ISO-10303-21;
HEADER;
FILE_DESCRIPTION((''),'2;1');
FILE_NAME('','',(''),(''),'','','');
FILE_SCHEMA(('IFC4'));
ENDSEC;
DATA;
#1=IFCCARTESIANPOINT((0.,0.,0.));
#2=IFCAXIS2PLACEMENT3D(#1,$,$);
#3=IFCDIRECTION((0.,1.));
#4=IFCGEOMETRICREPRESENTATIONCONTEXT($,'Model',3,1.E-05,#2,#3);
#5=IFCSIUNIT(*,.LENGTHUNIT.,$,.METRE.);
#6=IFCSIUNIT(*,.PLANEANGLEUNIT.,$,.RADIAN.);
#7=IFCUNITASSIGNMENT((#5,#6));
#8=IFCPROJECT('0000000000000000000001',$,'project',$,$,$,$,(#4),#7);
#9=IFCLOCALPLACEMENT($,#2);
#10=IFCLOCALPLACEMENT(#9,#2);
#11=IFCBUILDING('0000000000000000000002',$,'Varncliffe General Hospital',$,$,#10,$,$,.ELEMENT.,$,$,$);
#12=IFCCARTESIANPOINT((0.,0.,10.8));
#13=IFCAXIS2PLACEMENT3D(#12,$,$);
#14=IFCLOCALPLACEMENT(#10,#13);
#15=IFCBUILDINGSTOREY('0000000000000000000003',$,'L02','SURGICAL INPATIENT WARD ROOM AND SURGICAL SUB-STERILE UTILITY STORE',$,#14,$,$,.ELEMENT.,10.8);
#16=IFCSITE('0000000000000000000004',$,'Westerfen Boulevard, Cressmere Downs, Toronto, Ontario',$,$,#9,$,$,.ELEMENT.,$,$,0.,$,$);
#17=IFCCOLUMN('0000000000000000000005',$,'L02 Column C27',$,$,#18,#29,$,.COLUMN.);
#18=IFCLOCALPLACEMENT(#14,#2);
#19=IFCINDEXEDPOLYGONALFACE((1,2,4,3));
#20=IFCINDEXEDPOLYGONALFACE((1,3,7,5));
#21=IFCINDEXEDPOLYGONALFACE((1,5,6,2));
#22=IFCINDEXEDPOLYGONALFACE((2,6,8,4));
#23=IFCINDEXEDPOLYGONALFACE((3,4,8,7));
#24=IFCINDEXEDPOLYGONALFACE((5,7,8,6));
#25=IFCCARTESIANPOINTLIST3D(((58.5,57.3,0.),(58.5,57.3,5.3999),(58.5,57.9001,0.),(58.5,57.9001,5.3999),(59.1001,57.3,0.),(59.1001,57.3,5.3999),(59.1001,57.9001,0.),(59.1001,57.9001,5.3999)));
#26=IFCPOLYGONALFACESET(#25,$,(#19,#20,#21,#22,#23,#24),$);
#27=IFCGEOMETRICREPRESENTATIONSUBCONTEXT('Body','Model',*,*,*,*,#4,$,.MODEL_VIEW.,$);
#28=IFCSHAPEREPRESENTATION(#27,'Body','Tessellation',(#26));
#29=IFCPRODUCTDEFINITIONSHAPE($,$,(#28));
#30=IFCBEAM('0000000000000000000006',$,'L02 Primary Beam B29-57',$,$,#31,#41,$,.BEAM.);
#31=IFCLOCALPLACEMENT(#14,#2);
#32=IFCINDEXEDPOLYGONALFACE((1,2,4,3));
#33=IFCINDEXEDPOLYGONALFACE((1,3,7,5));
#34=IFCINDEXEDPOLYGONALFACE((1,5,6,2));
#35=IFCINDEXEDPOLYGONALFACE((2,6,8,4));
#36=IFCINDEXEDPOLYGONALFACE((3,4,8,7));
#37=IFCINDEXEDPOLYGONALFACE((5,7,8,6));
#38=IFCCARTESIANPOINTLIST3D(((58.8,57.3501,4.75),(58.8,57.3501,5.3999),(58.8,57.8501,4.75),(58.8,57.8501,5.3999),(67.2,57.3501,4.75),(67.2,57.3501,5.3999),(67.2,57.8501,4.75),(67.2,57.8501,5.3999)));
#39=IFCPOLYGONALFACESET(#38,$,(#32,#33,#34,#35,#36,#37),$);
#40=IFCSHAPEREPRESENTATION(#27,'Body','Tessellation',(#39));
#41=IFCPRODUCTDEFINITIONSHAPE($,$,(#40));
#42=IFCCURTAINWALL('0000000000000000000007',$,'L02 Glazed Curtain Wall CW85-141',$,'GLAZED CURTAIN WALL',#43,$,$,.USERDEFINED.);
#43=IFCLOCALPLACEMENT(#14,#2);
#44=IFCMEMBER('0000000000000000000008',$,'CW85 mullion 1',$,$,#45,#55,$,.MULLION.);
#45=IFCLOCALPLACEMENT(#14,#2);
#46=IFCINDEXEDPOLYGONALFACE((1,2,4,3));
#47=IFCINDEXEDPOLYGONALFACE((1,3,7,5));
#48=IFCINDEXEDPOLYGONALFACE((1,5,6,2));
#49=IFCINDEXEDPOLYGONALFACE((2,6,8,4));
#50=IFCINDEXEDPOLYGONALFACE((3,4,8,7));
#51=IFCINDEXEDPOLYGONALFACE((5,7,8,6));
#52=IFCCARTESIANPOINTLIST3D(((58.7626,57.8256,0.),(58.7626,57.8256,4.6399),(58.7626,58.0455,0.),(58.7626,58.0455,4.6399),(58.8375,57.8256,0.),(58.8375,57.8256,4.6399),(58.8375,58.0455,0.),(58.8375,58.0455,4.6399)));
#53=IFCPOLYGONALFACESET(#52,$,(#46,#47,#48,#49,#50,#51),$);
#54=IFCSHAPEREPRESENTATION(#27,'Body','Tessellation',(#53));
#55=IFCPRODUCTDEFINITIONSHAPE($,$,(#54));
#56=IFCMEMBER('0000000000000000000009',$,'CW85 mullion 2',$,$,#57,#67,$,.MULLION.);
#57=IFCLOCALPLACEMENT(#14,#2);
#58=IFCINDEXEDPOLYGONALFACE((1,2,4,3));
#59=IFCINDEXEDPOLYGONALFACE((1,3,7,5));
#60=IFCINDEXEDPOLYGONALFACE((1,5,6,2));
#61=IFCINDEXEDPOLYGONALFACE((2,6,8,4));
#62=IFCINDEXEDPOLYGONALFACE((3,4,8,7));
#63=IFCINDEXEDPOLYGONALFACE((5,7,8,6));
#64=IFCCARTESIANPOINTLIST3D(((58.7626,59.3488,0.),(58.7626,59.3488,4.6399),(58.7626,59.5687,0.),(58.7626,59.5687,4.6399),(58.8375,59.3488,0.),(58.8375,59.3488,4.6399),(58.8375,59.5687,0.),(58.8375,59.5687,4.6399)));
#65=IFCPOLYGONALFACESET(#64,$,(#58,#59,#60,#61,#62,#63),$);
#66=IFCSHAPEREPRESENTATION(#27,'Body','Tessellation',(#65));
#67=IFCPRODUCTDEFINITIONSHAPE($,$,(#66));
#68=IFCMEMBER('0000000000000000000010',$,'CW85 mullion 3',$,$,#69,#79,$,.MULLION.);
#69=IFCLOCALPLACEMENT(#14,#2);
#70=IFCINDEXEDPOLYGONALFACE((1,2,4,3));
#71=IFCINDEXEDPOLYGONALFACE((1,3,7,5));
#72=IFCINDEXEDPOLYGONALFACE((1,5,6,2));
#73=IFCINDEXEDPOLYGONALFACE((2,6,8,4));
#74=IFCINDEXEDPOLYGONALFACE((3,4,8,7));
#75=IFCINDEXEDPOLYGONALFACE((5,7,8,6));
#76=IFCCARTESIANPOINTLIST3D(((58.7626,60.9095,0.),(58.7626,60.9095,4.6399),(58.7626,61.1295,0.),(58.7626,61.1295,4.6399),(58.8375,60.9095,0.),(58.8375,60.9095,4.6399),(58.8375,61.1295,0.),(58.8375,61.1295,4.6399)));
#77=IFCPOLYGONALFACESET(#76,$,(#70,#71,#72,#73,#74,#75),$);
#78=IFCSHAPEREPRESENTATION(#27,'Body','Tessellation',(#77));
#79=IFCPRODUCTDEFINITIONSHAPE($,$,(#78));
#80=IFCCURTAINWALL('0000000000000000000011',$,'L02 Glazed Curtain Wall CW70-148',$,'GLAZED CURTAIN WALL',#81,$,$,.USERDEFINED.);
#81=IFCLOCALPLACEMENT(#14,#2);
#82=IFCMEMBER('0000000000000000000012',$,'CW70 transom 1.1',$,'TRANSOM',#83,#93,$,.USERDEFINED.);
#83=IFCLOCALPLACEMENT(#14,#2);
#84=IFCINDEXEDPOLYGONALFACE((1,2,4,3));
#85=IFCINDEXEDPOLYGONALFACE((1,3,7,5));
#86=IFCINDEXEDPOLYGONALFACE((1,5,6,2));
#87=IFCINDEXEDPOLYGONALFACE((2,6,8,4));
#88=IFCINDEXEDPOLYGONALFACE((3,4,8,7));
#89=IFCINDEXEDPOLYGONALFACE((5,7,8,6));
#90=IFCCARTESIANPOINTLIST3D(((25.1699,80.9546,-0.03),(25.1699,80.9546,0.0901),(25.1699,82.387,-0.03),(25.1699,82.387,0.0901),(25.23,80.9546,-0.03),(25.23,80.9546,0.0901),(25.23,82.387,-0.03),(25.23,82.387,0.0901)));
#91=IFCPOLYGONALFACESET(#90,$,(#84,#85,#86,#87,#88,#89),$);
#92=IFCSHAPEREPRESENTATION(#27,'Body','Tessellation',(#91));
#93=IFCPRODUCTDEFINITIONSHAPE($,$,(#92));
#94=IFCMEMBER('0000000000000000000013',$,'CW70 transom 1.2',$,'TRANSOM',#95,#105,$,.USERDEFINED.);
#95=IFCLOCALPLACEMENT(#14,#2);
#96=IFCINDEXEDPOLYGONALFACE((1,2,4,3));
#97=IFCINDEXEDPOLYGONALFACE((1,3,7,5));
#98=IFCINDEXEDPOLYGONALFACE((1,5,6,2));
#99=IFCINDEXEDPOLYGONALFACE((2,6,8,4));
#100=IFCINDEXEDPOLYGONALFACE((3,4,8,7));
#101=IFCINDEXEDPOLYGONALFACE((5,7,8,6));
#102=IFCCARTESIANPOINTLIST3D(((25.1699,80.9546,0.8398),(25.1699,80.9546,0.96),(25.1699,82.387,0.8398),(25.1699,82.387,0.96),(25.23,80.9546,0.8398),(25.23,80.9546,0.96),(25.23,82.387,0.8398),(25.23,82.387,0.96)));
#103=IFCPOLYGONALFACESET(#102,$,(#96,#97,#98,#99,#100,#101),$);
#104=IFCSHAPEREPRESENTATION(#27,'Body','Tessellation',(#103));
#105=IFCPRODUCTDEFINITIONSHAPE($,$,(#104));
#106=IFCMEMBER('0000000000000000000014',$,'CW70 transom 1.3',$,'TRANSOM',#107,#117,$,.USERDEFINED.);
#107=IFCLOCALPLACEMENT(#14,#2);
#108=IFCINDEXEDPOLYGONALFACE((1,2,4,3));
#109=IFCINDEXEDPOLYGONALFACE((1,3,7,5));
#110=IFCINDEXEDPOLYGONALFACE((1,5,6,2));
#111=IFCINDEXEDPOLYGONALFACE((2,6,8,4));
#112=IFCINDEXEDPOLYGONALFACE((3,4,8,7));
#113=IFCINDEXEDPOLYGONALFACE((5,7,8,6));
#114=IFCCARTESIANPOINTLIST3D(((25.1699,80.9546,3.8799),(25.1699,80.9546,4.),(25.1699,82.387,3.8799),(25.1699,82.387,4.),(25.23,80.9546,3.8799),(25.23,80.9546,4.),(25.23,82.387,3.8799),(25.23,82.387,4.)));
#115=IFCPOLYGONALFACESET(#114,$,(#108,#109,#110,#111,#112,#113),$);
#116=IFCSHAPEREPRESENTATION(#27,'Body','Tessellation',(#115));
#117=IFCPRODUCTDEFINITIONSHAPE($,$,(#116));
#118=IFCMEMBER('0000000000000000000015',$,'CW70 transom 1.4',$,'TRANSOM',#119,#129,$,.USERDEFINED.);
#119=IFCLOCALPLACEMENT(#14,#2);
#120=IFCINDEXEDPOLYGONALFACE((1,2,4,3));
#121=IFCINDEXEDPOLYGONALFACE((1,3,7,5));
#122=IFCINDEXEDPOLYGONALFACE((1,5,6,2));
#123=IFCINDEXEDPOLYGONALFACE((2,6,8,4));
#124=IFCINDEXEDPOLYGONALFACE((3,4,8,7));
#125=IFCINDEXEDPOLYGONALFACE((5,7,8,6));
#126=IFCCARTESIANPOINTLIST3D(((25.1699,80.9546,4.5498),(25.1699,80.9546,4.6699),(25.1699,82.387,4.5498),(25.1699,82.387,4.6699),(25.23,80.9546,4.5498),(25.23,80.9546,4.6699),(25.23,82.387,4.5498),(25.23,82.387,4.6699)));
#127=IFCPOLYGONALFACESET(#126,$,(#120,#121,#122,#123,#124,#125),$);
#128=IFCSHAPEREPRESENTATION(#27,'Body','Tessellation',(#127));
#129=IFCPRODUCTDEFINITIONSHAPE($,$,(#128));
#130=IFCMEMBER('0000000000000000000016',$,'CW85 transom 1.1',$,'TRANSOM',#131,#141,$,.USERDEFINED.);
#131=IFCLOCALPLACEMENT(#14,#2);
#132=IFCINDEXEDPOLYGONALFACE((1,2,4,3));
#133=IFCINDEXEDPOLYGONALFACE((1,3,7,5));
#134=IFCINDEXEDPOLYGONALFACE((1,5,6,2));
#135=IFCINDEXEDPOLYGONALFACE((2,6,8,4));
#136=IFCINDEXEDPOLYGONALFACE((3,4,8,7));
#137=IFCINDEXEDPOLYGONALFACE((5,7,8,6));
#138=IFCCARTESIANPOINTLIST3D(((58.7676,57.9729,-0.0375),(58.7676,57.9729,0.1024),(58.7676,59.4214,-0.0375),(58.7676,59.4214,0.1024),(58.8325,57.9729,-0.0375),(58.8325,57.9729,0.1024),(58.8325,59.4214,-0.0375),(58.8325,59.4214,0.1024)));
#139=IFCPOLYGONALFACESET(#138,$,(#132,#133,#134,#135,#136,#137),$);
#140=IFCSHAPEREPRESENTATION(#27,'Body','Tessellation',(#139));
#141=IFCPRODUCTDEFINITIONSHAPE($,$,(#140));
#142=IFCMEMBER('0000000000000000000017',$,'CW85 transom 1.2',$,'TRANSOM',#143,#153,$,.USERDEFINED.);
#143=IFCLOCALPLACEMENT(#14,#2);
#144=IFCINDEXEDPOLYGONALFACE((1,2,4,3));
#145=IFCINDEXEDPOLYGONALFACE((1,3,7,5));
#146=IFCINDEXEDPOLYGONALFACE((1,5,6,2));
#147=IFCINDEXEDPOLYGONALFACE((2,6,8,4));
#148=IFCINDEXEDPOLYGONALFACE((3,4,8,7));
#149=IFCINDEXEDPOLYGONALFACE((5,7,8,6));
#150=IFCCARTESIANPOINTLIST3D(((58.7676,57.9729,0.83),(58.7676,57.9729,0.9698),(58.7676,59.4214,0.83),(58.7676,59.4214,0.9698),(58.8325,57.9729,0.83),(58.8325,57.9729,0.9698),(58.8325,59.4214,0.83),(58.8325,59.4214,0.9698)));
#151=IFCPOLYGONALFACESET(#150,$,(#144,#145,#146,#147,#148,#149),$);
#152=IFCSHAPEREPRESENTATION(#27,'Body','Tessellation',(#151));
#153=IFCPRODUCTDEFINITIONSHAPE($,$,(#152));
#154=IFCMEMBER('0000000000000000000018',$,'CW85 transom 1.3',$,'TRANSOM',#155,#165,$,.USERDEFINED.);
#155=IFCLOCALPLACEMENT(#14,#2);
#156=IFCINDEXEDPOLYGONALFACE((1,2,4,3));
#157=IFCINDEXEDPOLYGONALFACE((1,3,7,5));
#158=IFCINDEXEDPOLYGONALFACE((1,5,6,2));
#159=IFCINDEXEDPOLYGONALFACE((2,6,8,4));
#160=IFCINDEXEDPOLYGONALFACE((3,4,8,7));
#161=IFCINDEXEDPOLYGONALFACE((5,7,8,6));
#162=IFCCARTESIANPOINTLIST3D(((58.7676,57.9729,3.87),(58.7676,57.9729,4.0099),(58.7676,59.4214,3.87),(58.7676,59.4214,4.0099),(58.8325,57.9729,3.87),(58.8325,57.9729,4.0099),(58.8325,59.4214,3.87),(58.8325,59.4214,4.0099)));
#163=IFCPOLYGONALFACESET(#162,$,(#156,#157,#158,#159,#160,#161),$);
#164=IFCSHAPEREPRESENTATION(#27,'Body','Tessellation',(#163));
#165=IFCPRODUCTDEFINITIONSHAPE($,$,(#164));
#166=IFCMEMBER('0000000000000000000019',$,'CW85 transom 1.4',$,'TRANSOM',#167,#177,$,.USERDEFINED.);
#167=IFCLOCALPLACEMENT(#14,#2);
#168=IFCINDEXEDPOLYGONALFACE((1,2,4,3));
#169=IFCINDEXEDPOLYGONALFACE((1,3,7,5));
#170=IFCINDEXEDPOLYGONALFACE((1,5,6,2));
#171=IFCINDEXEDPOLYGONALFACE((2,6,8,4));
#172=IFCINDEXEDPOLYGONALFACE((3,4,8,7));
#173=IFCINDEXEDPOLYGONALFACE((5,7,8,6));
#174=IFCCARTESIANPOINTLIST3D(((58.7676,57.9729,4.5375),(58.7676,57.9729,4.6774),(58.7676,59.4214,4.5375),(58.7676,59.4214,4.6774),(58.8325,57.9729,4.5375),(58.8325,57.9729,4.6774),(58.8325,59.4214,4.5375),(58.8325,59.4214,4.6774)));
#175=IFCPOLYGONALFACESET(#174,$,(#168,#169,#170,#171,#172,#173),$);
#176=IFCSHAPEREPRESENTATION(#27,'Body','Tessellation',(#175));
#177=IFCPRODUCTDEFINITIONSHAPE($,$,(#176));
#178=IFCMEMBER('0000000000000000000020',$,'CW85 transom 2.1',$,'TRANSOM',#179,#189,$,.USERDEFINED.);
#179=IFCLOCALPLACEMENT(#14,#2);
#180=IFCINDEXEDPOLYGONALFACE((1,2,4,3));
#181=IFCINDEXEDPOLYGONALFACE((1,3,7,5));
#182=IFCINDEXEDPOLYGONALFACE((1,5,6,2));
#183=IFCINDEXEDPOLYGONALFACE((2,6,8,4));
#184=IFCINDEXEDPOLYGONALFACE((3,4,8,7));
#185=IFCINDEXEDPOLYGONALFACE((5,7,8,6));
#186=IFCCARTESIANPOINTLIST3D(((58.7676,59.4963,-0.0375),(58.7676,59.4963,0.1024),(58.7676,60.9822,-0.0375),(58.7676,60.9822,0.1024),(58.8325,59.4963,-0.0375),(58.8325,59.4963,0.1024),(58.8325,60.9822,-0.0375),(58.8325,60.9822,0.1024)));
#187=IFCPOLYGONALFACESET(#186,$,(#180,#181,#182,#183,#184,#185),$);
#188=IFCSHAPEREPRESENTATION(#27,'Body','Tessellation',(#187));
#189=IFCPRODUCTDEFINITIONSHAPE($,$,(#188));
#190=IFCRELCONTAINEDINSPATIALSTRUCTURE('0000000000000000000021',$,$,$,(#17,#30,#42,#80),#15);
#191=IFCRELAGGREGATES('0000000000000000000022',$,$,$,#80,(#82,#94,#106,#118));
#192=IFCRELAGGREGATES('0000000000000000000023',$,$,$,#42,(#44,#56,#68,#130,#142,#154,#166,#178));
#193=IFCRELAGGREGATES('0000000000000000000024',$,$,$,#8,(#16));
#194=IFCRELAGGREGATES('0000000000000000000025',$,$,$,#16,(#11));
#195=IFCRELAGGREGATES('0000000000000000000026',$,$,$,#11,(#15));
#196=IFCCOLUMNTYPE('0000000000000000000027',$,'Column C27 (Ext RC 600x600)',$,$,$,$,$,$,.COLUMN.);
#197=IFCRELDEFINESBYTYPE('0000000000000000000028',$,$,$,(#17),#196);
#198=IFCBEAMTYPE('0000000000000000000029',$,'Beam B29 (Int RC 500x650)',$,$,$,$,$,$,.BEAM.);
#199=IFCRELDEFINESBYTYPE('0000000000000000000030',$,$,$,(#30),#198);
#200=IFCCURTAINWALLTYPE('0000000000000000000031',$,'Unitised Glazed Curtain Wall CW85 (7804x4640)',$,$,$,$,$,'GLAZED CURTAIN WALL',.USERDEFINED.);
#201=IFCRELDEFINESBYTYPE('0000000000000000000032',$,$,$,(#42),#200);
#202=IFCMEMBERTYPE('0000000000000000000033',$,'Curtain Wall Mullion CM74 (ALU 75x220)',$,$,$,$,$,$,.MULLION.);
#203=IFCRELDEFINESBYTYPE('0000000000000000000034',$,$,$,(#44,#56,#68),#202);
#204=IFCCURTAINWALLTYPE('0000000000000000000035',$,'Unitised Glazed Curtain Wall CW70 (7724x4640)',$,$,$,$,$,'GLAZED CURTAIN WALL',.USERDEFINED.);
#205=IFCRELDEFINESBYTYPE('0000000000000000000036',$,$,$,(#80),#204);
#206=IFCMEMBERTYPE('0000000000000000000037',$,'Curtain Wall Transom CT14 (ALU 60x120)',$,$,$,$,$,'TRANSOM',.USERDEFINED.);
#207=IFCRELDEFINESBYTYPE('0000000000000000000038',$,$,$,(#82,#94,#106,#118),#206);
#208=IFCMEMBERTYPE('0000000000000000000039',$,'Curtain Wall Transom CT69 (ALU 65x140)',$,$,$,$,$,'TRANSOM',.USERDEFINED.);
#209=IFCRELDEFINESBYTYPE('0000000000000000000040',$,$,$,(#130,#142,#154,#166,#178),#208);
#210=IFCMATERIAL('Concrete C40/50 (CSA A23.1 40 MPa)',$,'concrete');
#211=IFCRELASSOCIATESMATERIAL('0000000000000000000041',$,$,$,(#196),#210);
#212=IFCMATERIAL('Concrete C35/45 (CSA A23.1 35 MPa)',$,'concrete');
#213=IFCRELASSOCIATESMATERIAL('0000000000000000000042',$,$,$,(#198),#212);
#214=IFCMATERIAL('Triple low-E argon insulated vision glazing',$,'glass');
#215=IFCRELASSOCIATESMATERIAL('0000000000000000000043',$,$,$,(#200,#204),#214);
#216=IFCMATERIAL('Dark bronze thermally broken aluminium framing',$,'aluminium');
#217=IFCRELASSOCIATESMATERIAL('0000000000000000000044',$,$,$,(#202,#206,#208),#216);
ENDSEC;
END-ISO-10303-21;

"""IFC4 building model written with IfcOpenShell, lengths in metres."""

from ifc_helpers import new_model, si_unit, direction, frame, origin, origin_2d, place, context, subcontext, project, spatial, rectangle, extrude, material, material_profile, profile_set, type_object, element, aggregate, save


model = new_model("IFC4")

# Units and contexts
model_context = context("Model", 3, precision=1e-05, world=origin(), true_north=direction((0.0, 1.0)))
body_context = subcontext(model_context, "Body", "Model", "MODEL_VIEW")
ifc_project = project(units=[si_unit("LENGTHUNIT", "METRE"), si_unit("PLANEANGLEUNIT", "RADIAN")], contexts=[model_context])

# Site, building, storey
site_placement = place(None, origin())
site = spatial("IfcSite", under=ifc_project, at=site_placement, Name="Westerfen Boulevard, Cressmere Downs, Toronto, Ontario", CompositionType="ELEMENT", RefElevation=0.0)
building_placement = place(site_placement, origin())
building = spatial("IfcBuilding", under=site, at=building_placement, Name="Varncliffe General Hospital", CompositionType="ELEMENT")
storey_placement = place(building_placement, frame((0.0, 0.0, 10.8)))
storey = spatial("IfcBuildingStorey", under=building, at=storey_placement, Name="L02", Description="SURGICAL INPATIENT WARD ROOM AND SURGICAL SUB-STERILE UTILITY STORE", CompositionType="ELEMENT", Elevation=10.8)

# Column
ifc_material_1 = material(Name="Concrete C40/50 (CSA A23.1 40 MPa)", Category="concrete")
ifc_material_profile_1 = material_profile(ifc_material_1, rectangle(XDim=0.6001, YDim=0.6001, at=origin_2d()), Name="RC 600x600")
ifc_profile_set_1 = profile_set([ifc_material_profile_1], Name="Concrete C40/50 (CSA A23.1 40 MPa)")
column_type = type_object("IfcColumnType", Name="Column C27 (Ext RC 600x600)", PredefinedType="COLUMN", material=ifc_profile_set_1)
column_placement = place(storey_placement, frame((58.8, 57.6001, 0.0), z_axis=(0.0, 0.0, 1.0), x_axis=(1.0, 0.0, 0.0)))
element("IfcColumn", 1, at=column_placement, inside=storey, type_object=column_type, Name="L02 Column C27", PredefinedType="COLUMN", context=body_context, shape_type="SweptSolid", body=[
    extrude(rectangle(XDim=0.6001, YDim=0.6001, at=origin_2d()), origin(), (0.0, 0.0, 1.0), 5.3999),
])

# Beam
ifc_material_2 = material(Name="Concrete C35/45 (CSA A23.1 35 MPa)", Category="concrete")
ifc_material_profile_2 = material_profile(ifc_material_2, rectangle(XDim=0.5, YDim=0.6499, at=origin_2d()), Name="RC 500x650")
ifc_profile_set_2 = profile_set([ifc_material_profile_2], Name="Concrete C35/45 (CSA A23.1 35 MPa)")
beam_type_1 = type_object("IfcBeamType", Name="Beam B29 (Int RC 500x650)", PredefinedType="BEAM", material=ifc_profile_set_2)
beam_1_placement = place(storey_placement, frame((58.8, 57.6001, 5.075), z_axis=(1.0, 0.0, 0.0), x_axis=(0.0, 1.0, 0.0)))
element("IfcBeam", 2, at=beam_1_placement, inside=storey, type_object=beam_type_1, Name="L02 Primary Beam B29-57", PredefinedType="BEAM", context=body_context, shape_type="SweptSolid", body=[
    extrude(rectangle(XDim=0.5, YDim=0.6499, at=origin_2d()), origin(), (0.0, 0.0, 1.0), 8.3999),
])

# Curtain walls, members
ifc_material_3 = material(Name="Triple low-E argon insulated vision glazing", Category="glass")
curtain_wall_type_1 = type_object("IfcCurtainWallType", Name="Unitised Glazed Curtain Wall CW85 (7804x4640)", ElementType="GLAZED CURTAIN WALL", PredefinedType="USERDEFINED", material=ifc_material_3)
curtain_wall_1_placement = place(storey_placement, origin())
curtain_wall_1 = element("IfcCurtainWall", 3, at=curtain_wall_1_placement, inside=storey, type_object=curtain_wall_type_1, Name="L02 Glazed Curtain Wall CW85-141", ObjectType="GLAZED CURTAIN WALL", PredefinedType="USERDEFINED")
ifc_material_4 = material(Name="Dark bronze thermally broken aluminium framing", Category="aluminium")
ifc_material_profile_3 = material_profile(ifc_material_4, rectangle(XDim=0.075, YDim=0.22, at=origin_2d()), Name="ALU 75x220")
ifc_profile_set_3 = profile_set([ifc_material_profile_3], Name="Dark bronze thermally broken aluminium framing")
member_type_1 = type_object("IfcMemberType", Name="Curtain Wall Mullion CM74 (ALU 75x220)", PredefinedType="MULLION", material=ifc_profile_set_3)
member_1_placement = place(storey_placement, frame((58.8, 57.9355, 0.0), z_axis=(0.0, 0.0, 1.0), x_axis=(-1.0, 0.0, 0.0)))
member_1 = element("IfcMember", 4, at=member_1_placement, type_object=member_type_1, Name="CW85 mullion 1", PredefinedType="MULLION", context=body_context, shape_type="SweptSolid", body=[
    extrude(rectangle(XDim=0.075, YDim=0.22, at=origin_2d()), origin(), (0.0, 0.0, 1.0), 4.6399),
])
member_2_placement = place(storey_placement, frame((58.8, 59.4587, 0.0), z_axis=(0.0, 0.0, 1.0), x_axis=(-1.0, 0.0, 0.0)))
member_2 = element("IfcMember", 5, at=member_2_placement, type_object=member_type_1, Name="CW85 mullion 2", PredefinedType="MULLION", context=body_context, shape_type="SweptSolid", body=[
    extrude(rectangle(XDim=0.075, YDim=0.22, at=origin_2d()), origin(), (0.0, 0.0, 1.0), 4.6399),
])
member_3_placement = place(storey_placement, frame((58.8, 61.0195, 0.0), z_axis=(0.0, 0.0, 1.0), x_axis=(-1.0, 0.0, 0.0)))
member_3 = element("IfcMember", 6, at=member_3_placement, type_object=member_type_1, Name="CW85 mullion 3", PredefinedType="MULLION", context=body_context, shape_type="SweptSolid", body=[
    extrude(rectangle(XDim=0.075, YDim=0.22, at=origin_2d()), origin(), (0.0, 0.0, 1.0), 4.6399),
])
curtain_wall_type_2 = type_object("IfcCurtainWallType", Name="Unitised Glazed Curtain Wall CW70 (7724x4640)", ElementType="GLAZED CURTAIN WALL", PredefinedType="USERDEFINED", material=ifc_material_3)
curtain_wall_2_placement = place(storey_placement, origin())
curtain_wall_2 = element("IfcCurtainWall", 7, at=curtain_wall_2_placement, inside=storey, type_object=curtain_wall_type_2, Name="L02 Glazed Curtain Wall CW70-148", ObjectType="GLAZED CURTAIN WALL", PredefinedType="USERDEFINED")
ifc_material_profile_4 = material_profile(ifc_material_4, rectangle(XDim=0.0601, YDim=0.1201, at=origin_2d()), Name="ALU 60x120")
ifc_profile_set_4 = profile_set([ifc_material_profile_4], Name="Dark bronze thermally broken aluminium framing")
member_type_2 = type_object("IfcMemberType", Name="Curtain Wall Transom CT14 (ALU 60x120)", ElementType="TRANSOM", PredefinedType="USERDEFINED", material=ifc_profile_set_4)
member_4_placement = place(storey_placement, frame((25.2, 82.387, 0.03), z_axis=(0.0, -1.0, 0.0), x_axis=(1.0, 0.0, 0.0)))
member_4 = element("IfcMember", 8, at=member_4_placement, type_object=member_type_2, Name="CW70 transom 1.1", ObjectType="TRANSOM", PredefinedType="USERDEFINED", context=body_context, shape_type="SweptSolid", body=[
    extrude(rectangle(XDim=0.0601, YDim=0.1201, at=origin_2d()), origin(), (0.0, 0.0, 1.0), 1.4324),
])
member_5_placement = place(storey_placement, frame((25.2, 82.387, 0.8999), z_axis=(0.0, -1.0, 0.0), x_axis=(1.0, 0.0, 0.0)))
member_5 = element("IfcMember", 9, at=member_5_placement, type_object=member_type_2, Name="CW70 transom 1.2", ObjectType="TRANSOM", PredefinedType="USERDEFINED", context=body_context, shape_type="SweptSolid", body=[
    extrude(rectangle(XDim=0.0601, YDim=0.1201, at=origin_2d()), origin(), (0.0, 0.0, 1.0), 1.4324),
])
member_6_placement = place(storey_placement, frame((25.2, 82.387, 3.9399), z_axis=(0.0, -1.0, 0.0), x_axis=(1.0, 0.0, 0.0)))
member_6 = element("IfcMember", 10, at=member_6_placement, type_object=member_type_2, Name="CW70 transom 1.3", ObjectType="TRANSOM", PredefinedType="USERDEFINED", context=body_context, shape_type="SweptSolid", body=[
    extrude(rectangle(XDim=0.0601, YDim=0.1201, at=origin_2d()), origin(), (0.0, 0.0, 1.0), 1.4324),
])
member_7_placement = place(storey_placement, frame((25.2, 82.387, 4.6099), z_axis=(0.0, -1.0, 0.0), x_axis=(1.0, 0.0, 0.0)))
member_7 = element("IfcMember", 11, at=member_7_placement, type_object=member_type_2, Name="CW70 transom 1.4", ObjectType="TRANSOM", PredefinedType="USERDEFINED", context=body_context, shape_type="SweptSolid", body=[
    extrude(rectangle(XDim=0.0601, YDim=0.1201, at=origin_2d()), origin(), (0.0, 0.0, 1.0), 1.4324),
])

# Members
ifc_material_profile_5 = material_profile(ifc_material_4, rectangle(XDim=0.0649, YDim=0.1399, at=origin_2d()), Name="ALU 65x140")
ifc_profile_set_5 = profile_set([ifc_material_profile_5], Name="Dark bronze thermally broken aluminium framing")
member_type_3 = type_object("IfcMemberType", Name="Curtain Wall Transom CT69 (ALU 65x140)", ElementType="TRANSOM", PredefinedType="USERDEFINED", material=ifc_profile_set_5)
member_8_placement = place(storey_placement, frame((58.8, 57.9729, 0.0325), z_axis=(0.0, 1.0, 0.0), x_axis=(-1.0, 0.0, 0.0)))
member_8 = element("IfcMember", 12, at=member_8_placement, type_object=member_type_3, Name="CW85 transom 1.1", ObjectType="TRANSOM", PredefinedType="USERDEFINED", context=body_context, shape_type="SweptSolid", body=[
    extrude(rectangle(XDim=0.0649, YDim=0.1399, at=origin_2d()), origin(), (0.0, 0.0, 1.0), 1.4485),
])
member_9_placement = place(storey_placement, frame((58.8, 57.9729, 0.8999), z_axis=(0.0, 1.0, 0.0), x_axis=(-1.0, 0.0, 0.0)))
member_9 = element("IfcMember", 13, at=member_9_placement, type_object=member_type_3, Name="CW85 transom 1.2", ObjectType="TRANSOM", PredefinedType="USERDEFINED", context=body_context, shape_type="SweptSolid", body=[
    extrude(rectangle(XDim=0.0649, YDim=0.1399, at=origin_2d()), origin(), (0.0, 0.0, 1.0), 1.4485),
])
member_10_placement = place(storey_placement, frame((58.8, 57.9729, 3.9399), z_axis=(0.0, 1.0, 0.0), x_axis=(-1.0, 0.0, 0.0)))
member_10 = element("IfcMember", 14, at=member_10_placement, type_object=member_type_3, Name="CW85 transom 1.3", ObjectType="TRANSOM", PredefinedType="USERDEFINED", context=body_context, shape_type="SweptSolid", body=[
    extrude(rectangle(XDim=0.0649, YDim=0.1399, at=origin_2d()), origin(), (0.0, 0.0, 1.0), 1.4485),
])
member_11_placement = place(storey_placement, frame((58.8, 57.9729, 4.6074), z_axis=(0.0, 1.0, 0.0), x_axis=(-1.0, 0.0, 0.0)))
member_11 = element("IfcMember", 15, at=member_11_placement, type_object=member_type_3, Name="CW85 transom 1.4", ObjectType="TRANSOM", PredefinedType="USERDEFINED", context=body_context, shape_type="SweptSolid", body=[
    extrude(rectangle(XDim=0.0649, YDim=0.1399, at=origin_2d()), origin(), (0.0, 0.0, 1.0), 1.4485),
])
member_12_placement = place(storey_placement, frame((58.8, 59.4963, 0.0325), z_axis=(0.0, 1.0, 0.0), x_axis=(-1.0, 0.0, 0.0)))
member_12 = element("IfcMember", 16, at=member_12_placement, type_object=member_type_3, Name="CW85 transom 2.1", ObjectType="TRANSOM", PredefinedType="USERDEFINED", context=body_context, shape_type="SweptSolid", body=[
    extrude(rectangle(XDim=0.0649, YDim=0.1399, at=origin_2d()), origin(), (0.0, 0.0, 1.0), 1.4858),
])

aggregate(curtain_wall_2, [member_4, member_5, member_6, member_7])
aggregate(curtain_wall_1, [member_1, member_2, member_3, member_8, member_9, member_10, member_11, member_12])

save(model, "model.ifc")
